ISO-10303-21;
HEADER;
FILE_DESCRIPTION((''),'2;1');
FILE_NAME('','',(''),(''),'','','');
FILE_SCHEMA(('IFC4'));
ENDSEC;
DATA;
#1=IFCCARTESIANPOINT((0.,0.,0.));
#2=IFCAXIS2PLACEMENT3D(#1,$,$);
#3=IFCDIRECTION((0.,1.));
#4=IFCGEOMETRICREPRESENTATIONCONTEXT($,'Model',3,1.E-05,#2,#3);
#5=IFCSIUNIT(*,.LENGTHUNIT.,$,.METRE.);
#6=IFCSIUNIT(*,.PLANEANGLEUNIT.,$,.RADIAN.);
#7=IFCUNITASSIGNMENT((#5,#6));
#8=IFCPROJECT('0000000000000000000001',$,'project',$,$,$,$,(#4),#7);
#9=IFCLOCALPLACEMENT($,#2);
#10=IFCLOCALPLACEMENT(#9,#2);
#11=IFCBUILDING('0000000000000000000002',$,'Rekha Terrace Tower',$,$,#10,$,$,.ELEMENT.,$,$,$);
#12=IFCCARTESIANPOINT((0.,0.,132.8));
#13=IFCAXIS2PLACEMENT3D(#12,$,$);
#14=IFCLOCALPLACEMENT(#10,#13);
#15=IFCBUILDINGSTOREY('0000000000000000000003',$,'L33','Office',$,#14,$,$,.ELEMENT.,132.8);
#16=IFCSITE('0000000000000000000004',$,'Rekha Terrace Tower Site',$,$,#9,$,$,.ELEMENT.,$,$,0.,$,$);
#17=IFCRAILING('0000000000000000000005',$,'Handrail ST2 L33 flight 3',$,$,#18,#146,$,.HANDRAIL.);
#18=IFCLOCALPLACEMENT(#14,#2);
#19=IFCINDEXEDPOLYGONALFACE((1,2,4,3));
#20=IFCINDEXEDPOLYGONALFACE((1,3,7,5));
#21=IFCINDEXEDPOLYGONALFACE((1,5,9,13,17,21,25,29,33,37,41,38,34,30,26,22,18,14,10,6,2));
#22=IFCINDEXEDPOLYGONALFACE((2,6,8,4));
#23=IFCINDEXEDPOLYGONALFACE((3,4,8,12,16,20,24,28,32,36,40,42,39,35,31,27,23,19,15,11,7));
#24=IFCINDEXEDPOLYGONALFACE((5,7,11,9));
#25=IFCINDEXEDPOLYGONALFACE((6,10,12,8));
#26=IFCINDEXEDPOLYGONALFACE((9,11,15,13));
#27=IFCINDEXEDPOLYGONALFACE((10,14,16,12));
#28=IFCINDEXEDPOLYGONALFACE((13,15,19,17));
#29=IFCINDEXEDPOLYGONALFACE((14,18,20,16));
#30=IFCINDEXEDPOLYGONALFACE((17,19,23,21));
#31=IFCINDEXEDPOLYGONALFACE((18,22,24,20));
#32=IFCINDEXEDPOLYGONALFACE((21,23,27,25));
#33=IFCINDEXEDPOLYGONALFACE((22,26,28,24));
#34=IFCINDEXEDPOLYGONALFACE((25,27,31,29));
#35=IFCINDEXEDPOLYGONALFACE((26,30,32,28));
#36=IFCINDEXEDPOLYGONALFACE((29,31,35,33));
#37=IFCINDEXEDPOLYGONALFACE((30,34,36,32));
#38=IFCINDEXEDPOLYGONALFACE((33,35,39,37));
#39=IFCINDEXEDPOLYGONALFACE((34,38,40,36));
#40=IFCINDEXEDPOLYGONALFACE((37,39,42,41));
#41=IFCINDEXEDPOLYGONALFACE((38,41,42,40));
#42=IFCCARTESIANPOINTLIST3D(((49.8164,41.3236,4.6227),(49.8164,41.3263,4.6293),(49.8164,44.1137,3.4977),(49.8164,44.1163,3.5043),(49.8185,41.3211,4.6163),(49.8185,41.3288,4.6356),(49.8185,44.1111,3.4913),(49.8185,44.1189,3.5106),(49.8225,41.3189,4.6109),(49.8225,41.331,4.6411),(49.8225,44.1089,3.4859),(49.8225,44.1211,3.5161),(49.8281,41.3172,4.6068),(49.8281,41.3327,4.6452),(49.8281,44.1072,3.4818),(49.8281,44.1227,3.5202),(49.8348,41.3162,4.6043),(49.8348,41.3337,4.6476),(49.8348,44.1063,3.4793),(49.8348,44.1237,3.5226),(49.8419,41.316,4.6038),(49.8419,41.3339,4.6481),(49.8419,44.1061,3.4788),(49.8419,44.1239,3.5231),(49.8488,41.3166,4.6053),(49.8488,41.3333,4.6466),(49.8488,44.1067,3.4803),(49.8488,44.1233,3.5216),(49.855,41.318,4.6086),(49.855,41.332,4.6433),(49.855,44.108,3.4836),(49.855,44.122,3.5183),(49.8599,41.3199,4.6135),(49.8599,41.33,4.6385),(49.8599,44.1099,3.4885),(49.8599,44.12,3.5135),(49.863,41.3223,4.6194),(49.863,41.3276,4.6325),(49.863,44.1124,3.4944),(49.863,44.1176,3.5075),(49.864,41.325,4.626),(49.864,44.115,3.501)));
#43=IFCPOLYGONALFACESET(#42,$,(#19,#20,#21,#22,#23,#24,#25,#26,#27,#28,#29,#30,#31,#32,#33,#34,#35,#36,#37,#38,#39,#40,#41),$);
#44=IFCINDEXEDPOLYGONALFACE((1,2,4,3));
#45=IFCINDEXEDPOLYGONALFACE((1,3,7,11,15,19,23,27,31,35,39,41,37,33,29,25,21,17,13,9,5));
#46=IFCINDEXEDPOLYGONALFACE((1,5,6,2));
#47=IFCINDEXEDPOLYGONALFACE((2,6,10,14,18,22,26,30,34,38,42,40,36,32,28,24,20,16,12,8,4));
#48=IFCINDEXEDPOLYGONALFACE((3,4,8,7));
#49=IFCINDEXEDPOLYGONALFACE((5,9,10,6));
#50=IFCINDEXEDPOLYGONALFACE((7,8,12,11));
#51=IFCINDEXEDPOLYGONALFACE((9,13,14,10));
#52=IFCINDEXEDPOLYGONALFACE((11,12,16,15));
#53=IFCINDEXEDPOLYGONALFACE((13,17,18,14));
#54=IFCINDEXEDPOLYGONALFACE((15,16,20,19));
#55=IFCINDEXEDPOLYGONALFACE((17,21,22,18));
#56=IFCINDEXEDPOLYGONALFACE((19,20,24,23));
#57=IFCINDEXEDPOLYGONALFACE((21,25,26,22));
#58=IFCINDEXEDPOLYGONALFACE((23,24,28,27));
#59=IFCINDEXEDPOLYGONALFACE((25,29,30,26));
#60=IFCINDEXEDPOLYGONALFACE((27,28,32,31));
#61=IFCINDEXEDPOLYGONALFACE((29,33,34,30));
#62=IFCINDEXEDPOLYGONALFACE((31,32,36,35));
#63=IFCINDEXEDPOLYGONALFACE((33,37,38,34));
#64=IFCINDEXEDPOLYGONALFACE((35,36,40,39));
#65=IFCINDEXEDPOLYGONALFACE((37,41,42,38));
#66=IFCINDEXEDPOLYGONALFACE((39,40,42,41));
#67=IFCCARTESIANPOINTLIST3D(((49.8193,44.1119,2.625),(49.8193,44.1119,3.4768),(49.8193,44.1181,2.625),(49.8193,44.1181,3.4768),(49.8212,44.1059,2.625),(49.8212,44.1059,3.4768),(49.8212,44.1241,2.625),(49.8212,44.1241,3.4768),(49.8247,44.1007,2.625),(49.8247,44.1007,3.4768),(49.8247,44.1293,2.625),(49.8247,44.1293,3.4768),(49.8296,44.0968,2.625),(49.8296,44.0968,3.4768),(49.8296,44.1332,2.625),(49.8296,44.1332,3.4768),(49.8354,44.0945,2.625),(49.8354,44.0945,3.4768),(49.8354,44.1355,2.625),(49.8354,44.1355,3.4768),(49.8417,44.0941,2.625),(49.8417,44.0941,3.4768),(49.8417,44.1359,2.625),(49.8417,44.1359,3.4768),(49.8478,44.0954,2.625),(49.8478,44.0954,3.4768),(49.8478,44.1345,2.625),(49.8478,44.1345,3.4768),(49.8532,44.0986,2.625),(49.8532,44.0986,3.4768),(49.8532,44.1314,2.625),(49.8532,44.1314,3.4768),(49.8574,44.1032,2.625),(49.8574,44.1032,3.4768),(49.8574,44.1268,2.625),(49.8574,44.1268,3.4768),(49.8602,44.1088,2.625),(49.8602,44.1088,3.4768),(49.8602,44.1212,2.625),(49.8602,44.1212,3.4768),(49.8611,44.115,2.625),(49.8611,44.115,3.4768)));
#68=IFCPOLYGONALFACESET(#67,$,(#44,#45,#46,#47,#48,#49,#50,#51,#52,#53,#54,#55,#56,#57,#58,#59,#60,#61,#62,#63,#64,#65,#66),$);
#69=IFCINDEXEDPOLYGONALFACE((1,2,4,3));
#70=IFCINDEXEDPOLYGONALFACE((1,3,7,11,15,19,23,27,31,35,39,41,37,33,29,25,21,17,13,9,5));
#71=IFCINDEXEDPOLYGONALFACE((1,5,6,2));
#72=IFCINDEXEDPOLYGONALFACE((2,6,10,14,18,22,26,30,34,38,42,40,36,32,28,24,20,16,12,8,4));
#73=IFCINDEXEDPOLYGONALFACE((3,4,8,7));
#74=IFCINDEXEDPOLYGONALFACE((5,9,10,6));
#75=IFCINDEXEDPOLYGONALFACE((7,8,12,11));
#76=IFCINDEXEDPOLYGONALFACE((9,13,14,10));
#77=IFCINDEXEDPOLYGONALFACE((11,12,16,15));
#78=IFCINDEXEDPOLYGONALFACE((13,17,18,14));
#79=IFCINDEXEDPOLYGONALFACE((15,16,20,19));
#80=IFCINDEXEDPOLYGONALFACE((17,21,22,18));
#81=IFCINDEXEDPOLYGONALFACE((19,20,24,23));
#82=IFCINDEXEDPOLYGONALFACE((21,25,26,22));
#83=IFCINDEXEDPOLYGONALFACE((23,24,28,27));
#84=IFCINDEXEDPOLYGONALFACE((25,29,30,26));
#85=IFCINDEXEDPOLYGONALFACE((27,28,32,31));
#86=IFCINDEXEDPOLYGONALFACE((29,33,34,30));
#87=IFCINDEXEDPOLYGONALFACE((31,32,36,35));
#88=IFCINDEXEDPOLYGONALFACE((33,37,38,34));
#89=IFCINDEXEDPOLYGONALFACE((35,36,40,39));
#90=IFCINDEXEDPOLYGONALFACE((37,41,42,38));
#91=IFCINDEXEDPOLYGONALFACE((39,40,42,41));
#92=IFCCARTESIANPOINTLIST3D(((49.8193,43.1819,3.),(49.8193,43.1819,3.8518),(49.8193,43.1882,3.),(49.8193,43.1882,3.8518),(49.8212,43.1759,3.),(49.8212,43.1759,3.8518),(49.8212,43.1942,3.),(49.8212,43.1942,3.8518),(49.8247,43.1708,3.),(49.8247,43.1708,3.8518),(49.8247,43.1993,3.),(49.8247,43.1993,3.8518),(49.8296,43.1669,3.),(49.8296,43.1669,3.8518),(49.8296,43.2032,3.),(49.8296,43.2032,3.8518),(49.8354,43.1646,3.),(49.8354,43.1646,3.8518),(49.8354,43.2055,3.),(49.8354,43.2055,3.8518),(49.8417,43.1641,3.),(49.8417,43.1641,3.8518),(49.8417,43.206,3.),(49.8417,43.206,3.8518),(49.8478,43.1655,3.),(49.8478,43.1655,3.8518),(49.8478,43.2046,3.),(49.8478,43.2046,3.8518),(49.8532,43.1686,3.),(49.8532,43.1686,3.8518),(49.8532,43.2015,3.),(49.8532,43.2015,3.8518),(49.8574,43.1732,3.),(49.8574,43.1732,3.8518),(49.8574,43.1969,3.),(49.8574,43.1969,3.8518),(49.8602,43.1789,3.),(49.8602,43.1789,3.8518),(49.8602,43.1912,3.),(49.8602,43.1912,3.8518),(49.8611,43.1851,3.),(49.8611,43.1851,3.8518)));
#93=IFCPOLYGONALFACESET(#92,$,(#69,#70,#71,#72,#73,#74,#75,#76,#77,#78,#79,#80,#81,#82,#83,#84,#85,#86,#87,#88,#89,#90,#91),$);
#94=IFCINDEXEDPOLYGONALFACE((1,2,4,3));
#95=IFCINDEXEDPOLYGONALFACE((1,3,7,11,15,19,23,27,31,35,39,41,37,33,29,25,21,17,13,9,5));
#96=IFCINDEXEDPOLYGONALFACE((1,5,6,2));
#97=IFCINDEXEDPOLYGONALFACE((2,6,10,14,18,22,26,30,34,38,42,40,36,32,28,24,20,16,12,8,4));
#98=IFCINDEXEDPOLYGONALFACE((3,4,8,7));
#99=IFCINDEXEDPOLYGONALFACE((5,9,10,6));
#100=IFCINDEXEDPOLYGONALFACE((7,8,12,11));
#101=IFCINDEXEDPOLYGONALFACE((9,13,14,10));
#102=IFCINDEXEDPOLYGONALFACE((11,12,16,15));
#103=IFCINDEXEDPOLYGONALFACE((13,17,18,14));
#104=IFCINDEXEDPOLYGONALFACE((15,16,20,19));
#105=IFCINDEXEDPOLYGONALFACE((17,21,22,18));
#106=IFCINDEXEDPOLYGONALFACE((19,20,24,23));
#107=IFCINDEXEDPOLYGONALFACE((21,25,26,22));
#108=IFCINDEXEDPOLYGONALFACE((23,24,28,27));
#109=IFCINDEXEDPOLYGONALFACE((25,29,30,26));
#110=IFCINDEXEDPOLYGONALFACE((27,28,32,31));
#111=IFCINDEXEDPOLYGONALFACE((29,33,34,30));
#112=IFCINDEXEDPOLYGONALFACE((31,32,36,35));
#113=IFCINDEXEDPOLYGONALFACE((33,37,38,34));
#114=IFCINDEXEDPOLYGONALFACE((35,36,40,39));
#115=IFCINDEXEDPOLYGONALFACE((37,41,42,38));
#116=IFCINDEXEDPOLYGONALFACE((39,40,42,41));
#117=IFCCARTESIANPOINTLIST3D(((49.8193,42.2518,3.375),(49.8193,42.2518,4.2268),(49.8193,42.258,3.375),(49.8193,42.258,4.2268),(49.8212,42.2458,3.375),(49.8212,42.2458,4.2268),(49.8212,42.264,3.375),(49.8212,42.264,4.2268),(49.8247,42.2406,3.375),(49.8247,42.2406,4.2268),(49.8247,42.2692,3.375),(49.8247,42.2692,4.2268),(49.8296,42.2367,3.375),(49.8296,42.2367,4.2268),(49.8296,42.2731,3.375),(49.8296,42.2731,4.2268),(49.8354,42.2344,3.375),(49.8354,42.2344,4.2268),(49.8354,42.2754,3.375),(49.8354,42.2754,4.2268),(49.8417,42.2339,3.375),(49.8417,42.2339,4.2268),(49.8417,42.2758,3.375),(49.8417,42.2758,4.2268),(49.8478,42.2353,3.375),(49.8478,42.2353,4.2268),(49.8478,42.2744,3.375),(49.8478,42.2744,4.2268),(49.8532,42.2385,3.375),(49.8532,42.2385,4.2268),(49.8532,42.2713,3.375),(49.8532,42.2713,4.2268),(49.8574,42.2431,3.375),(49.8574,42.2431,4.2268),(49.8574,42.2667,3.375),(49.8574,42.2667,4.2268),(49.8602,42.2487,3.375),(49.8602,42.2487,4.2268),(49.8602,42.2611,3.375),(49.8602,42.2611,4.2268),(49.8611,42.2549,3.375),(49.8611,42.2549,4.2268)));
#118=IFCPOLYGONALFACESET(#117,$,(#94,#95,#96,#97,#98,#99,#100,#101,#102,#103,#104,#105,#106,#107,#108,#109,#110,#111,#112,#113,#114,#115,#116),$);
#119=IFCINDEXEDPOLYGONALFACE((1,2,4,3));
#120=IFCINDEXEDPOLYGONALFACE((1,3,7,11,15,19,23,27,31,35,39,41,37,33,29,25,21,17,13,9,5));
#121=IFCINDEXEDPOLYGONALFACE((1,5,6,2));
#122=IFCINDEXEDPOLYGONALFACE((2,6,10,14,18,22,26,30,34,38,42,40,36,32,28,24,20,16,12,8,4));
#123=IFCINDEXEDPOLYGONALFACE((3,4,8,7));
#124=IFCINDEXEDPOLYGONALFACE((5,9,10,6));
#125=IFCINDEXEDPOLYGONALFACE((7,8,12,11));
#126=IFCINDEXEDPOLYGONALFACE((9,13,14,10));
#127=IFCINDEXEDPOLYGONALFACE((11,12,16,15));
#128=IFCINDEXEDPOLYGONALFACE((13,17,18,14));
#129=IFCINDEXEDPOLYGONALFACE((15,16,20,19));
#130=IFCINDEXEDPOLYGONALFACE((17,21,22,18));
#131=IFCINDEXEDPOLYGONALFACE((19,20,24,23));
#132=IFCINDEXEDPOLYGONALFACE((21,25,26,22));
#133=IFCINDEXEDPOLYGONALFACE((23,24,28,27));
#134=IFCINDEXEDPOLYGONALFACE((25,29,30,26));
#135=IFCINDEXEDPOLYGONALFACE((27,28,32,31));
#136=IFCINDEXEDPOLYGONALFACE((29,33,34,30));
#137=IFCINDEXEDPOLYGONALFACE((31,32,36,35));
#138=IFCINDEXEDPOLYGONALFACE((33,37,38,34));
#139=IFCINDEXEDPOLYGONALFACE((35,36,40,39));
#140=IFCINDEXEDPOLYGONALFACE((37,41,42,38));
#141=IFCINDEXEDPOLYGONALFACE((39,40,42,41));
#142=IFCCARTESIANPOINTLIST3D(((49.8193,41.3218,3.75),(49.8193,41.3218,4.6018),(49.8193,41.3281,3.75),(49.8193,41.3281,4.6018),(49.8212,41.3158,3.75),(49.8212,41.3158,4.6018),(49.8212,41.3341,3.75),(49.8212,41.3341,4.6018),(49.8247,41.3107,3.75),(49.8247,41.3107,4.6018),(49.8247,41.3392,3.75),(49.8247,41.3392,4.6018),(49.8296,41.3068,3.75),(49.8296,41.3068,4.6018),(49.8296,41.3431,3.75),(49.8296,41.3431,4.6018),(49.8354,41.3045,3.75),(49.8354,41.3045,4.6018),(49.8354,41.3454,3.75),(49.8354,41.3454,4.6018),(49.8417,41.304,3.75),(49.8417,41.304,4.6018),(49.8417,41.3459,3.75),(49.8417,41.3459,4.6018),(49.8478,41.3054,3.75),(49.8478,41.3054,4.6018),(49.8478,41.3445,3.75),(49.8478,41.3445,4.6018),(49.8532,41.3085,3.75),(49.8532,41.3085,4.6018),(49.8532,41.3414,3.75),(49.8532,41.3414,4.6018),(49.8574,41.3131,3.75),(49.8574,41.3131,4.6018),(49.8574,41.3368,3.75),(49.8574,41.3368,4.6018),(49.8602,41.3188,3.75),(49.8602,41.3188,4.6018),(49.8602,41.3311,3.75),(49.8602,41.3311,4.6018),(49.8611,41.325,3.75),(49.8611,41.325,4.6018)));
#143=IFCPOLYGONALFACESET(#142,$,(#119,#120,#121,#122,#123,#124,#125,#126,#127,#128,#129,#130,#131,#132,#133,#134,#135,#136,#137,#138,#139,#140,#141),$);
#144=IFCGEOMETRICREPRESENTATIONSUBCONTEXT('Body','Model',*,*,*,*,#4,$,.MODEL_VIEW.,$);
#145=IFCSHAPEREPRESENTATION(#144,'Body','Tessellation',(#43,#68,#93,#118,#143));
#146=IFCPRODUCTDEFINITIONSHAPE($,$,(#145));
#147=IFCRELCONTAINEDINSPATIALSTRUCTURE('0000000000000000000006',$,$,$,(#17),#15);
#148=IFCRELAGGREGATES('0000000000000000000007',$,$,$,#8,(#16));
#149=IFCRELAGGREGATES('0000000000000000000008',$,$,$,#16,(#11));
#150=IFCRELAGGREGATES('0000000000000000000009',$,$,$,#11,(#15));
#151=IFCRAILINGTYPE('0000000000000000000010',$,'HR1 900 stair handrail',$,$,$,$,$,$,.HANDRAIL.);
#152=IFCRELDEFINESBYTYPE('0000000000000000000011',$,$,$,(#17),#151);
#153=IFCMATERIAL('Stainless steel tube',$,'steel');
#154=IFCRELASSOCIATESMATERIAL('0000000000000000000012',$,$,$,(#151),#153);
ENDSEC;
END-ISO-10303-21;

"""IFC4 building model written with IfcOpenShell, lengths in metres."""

from ifc_helpers import new_model, si_unit, direction, frame, origin, origin_2d, place, context, subcontext, project, spatial, circle, extrude, material, type_object, element, save


model = new_model("IFC4")

# Units and contexts
model_context = context("Model", 3, precision=1e-05, world=origin(), true_north=direction((0.0, 1.0)))
body_context = subcontext(model_context, "Body", "Model", "MODEL_VIEW")
ifc_project = project(units=[si_unit("LENGTHUNIT", "METRE"), si_unit("PLANEANGLEUNIT", "RADIAN")], contexts=[model_context])

# Site, building, storey
site_placement = place(None, origin())
site = spatial("IfcSite", under=ifc_project, at=site_placement, Name="Rekha Terrace Tower Site", CompositionType="ELEMENT", RefElevation=0.0)
building_placement = place(site_placement, origin())
building = spatial("IfcBuilding", under=site, at=building_placement, Name="Rekha Terrace Tower", CompositionType="ELEMENT")
storey_placement = place(building_placement, frame((0.0, 0.0, 132.8)))
storey = spatial("IfcBuildingStorey", under=building, at=storey_placement, Name="L33", Description="Office", CompositionType="ELEMENT", Elevation=132.8)

# Railing
ifc_material_1 = material(Name="Stainless steel tube", Category="steel")
railing_type_1 = type_object("IfcRailingType", Name="HR1 900 stair handrail", PredefinedType="HANDRAIL", material=ifc_material_1)
railing_1_placement = place(storey_placement, frame((49.8401, 44.115, 2.625)))
element("IfcRailing", 1, at=railing_1_placement, inside=storey, type_object=railing_type_1, Name="Handrail ST2 L33 flight 3", PredefinedType="HANDRAIL", context=body_context, shape_type="SweptSolid", body=[
    extrude(circle(Radius=0.0239, at=origin_2d()), frame((0.0, 0.0, 0.876), z_axis=(0.0, -0.927443, 0.373964), x_axis=(1.0, 0.0, 0.0)), (0.0, 0.0, 1.0), 3.0083),
    extrude(circle(Radius=0.021, at=origin_2d()), origin(), (0.0, 0.0, 1.0), 0.8518),
    extrude(circle(Radius=0.021, at=origin_2d()), frame((0.0, -0.9299, 0.375)), (0.0, 0.0, 1.0), 0.8518),
    extrude(circle(Radius=0.021, at=origin_2d()), frame((0.0, -1.8601, 0.75)), (0.0, 0.0, 1.0), 0.8518),
    extrude(circle(Radius=0.021, at=origin_2d()), frame((0.0, -2.79, 1.125)), (0.0, 0.0, 1.0), 0.8518),
])

save(model, "model.ifc")
